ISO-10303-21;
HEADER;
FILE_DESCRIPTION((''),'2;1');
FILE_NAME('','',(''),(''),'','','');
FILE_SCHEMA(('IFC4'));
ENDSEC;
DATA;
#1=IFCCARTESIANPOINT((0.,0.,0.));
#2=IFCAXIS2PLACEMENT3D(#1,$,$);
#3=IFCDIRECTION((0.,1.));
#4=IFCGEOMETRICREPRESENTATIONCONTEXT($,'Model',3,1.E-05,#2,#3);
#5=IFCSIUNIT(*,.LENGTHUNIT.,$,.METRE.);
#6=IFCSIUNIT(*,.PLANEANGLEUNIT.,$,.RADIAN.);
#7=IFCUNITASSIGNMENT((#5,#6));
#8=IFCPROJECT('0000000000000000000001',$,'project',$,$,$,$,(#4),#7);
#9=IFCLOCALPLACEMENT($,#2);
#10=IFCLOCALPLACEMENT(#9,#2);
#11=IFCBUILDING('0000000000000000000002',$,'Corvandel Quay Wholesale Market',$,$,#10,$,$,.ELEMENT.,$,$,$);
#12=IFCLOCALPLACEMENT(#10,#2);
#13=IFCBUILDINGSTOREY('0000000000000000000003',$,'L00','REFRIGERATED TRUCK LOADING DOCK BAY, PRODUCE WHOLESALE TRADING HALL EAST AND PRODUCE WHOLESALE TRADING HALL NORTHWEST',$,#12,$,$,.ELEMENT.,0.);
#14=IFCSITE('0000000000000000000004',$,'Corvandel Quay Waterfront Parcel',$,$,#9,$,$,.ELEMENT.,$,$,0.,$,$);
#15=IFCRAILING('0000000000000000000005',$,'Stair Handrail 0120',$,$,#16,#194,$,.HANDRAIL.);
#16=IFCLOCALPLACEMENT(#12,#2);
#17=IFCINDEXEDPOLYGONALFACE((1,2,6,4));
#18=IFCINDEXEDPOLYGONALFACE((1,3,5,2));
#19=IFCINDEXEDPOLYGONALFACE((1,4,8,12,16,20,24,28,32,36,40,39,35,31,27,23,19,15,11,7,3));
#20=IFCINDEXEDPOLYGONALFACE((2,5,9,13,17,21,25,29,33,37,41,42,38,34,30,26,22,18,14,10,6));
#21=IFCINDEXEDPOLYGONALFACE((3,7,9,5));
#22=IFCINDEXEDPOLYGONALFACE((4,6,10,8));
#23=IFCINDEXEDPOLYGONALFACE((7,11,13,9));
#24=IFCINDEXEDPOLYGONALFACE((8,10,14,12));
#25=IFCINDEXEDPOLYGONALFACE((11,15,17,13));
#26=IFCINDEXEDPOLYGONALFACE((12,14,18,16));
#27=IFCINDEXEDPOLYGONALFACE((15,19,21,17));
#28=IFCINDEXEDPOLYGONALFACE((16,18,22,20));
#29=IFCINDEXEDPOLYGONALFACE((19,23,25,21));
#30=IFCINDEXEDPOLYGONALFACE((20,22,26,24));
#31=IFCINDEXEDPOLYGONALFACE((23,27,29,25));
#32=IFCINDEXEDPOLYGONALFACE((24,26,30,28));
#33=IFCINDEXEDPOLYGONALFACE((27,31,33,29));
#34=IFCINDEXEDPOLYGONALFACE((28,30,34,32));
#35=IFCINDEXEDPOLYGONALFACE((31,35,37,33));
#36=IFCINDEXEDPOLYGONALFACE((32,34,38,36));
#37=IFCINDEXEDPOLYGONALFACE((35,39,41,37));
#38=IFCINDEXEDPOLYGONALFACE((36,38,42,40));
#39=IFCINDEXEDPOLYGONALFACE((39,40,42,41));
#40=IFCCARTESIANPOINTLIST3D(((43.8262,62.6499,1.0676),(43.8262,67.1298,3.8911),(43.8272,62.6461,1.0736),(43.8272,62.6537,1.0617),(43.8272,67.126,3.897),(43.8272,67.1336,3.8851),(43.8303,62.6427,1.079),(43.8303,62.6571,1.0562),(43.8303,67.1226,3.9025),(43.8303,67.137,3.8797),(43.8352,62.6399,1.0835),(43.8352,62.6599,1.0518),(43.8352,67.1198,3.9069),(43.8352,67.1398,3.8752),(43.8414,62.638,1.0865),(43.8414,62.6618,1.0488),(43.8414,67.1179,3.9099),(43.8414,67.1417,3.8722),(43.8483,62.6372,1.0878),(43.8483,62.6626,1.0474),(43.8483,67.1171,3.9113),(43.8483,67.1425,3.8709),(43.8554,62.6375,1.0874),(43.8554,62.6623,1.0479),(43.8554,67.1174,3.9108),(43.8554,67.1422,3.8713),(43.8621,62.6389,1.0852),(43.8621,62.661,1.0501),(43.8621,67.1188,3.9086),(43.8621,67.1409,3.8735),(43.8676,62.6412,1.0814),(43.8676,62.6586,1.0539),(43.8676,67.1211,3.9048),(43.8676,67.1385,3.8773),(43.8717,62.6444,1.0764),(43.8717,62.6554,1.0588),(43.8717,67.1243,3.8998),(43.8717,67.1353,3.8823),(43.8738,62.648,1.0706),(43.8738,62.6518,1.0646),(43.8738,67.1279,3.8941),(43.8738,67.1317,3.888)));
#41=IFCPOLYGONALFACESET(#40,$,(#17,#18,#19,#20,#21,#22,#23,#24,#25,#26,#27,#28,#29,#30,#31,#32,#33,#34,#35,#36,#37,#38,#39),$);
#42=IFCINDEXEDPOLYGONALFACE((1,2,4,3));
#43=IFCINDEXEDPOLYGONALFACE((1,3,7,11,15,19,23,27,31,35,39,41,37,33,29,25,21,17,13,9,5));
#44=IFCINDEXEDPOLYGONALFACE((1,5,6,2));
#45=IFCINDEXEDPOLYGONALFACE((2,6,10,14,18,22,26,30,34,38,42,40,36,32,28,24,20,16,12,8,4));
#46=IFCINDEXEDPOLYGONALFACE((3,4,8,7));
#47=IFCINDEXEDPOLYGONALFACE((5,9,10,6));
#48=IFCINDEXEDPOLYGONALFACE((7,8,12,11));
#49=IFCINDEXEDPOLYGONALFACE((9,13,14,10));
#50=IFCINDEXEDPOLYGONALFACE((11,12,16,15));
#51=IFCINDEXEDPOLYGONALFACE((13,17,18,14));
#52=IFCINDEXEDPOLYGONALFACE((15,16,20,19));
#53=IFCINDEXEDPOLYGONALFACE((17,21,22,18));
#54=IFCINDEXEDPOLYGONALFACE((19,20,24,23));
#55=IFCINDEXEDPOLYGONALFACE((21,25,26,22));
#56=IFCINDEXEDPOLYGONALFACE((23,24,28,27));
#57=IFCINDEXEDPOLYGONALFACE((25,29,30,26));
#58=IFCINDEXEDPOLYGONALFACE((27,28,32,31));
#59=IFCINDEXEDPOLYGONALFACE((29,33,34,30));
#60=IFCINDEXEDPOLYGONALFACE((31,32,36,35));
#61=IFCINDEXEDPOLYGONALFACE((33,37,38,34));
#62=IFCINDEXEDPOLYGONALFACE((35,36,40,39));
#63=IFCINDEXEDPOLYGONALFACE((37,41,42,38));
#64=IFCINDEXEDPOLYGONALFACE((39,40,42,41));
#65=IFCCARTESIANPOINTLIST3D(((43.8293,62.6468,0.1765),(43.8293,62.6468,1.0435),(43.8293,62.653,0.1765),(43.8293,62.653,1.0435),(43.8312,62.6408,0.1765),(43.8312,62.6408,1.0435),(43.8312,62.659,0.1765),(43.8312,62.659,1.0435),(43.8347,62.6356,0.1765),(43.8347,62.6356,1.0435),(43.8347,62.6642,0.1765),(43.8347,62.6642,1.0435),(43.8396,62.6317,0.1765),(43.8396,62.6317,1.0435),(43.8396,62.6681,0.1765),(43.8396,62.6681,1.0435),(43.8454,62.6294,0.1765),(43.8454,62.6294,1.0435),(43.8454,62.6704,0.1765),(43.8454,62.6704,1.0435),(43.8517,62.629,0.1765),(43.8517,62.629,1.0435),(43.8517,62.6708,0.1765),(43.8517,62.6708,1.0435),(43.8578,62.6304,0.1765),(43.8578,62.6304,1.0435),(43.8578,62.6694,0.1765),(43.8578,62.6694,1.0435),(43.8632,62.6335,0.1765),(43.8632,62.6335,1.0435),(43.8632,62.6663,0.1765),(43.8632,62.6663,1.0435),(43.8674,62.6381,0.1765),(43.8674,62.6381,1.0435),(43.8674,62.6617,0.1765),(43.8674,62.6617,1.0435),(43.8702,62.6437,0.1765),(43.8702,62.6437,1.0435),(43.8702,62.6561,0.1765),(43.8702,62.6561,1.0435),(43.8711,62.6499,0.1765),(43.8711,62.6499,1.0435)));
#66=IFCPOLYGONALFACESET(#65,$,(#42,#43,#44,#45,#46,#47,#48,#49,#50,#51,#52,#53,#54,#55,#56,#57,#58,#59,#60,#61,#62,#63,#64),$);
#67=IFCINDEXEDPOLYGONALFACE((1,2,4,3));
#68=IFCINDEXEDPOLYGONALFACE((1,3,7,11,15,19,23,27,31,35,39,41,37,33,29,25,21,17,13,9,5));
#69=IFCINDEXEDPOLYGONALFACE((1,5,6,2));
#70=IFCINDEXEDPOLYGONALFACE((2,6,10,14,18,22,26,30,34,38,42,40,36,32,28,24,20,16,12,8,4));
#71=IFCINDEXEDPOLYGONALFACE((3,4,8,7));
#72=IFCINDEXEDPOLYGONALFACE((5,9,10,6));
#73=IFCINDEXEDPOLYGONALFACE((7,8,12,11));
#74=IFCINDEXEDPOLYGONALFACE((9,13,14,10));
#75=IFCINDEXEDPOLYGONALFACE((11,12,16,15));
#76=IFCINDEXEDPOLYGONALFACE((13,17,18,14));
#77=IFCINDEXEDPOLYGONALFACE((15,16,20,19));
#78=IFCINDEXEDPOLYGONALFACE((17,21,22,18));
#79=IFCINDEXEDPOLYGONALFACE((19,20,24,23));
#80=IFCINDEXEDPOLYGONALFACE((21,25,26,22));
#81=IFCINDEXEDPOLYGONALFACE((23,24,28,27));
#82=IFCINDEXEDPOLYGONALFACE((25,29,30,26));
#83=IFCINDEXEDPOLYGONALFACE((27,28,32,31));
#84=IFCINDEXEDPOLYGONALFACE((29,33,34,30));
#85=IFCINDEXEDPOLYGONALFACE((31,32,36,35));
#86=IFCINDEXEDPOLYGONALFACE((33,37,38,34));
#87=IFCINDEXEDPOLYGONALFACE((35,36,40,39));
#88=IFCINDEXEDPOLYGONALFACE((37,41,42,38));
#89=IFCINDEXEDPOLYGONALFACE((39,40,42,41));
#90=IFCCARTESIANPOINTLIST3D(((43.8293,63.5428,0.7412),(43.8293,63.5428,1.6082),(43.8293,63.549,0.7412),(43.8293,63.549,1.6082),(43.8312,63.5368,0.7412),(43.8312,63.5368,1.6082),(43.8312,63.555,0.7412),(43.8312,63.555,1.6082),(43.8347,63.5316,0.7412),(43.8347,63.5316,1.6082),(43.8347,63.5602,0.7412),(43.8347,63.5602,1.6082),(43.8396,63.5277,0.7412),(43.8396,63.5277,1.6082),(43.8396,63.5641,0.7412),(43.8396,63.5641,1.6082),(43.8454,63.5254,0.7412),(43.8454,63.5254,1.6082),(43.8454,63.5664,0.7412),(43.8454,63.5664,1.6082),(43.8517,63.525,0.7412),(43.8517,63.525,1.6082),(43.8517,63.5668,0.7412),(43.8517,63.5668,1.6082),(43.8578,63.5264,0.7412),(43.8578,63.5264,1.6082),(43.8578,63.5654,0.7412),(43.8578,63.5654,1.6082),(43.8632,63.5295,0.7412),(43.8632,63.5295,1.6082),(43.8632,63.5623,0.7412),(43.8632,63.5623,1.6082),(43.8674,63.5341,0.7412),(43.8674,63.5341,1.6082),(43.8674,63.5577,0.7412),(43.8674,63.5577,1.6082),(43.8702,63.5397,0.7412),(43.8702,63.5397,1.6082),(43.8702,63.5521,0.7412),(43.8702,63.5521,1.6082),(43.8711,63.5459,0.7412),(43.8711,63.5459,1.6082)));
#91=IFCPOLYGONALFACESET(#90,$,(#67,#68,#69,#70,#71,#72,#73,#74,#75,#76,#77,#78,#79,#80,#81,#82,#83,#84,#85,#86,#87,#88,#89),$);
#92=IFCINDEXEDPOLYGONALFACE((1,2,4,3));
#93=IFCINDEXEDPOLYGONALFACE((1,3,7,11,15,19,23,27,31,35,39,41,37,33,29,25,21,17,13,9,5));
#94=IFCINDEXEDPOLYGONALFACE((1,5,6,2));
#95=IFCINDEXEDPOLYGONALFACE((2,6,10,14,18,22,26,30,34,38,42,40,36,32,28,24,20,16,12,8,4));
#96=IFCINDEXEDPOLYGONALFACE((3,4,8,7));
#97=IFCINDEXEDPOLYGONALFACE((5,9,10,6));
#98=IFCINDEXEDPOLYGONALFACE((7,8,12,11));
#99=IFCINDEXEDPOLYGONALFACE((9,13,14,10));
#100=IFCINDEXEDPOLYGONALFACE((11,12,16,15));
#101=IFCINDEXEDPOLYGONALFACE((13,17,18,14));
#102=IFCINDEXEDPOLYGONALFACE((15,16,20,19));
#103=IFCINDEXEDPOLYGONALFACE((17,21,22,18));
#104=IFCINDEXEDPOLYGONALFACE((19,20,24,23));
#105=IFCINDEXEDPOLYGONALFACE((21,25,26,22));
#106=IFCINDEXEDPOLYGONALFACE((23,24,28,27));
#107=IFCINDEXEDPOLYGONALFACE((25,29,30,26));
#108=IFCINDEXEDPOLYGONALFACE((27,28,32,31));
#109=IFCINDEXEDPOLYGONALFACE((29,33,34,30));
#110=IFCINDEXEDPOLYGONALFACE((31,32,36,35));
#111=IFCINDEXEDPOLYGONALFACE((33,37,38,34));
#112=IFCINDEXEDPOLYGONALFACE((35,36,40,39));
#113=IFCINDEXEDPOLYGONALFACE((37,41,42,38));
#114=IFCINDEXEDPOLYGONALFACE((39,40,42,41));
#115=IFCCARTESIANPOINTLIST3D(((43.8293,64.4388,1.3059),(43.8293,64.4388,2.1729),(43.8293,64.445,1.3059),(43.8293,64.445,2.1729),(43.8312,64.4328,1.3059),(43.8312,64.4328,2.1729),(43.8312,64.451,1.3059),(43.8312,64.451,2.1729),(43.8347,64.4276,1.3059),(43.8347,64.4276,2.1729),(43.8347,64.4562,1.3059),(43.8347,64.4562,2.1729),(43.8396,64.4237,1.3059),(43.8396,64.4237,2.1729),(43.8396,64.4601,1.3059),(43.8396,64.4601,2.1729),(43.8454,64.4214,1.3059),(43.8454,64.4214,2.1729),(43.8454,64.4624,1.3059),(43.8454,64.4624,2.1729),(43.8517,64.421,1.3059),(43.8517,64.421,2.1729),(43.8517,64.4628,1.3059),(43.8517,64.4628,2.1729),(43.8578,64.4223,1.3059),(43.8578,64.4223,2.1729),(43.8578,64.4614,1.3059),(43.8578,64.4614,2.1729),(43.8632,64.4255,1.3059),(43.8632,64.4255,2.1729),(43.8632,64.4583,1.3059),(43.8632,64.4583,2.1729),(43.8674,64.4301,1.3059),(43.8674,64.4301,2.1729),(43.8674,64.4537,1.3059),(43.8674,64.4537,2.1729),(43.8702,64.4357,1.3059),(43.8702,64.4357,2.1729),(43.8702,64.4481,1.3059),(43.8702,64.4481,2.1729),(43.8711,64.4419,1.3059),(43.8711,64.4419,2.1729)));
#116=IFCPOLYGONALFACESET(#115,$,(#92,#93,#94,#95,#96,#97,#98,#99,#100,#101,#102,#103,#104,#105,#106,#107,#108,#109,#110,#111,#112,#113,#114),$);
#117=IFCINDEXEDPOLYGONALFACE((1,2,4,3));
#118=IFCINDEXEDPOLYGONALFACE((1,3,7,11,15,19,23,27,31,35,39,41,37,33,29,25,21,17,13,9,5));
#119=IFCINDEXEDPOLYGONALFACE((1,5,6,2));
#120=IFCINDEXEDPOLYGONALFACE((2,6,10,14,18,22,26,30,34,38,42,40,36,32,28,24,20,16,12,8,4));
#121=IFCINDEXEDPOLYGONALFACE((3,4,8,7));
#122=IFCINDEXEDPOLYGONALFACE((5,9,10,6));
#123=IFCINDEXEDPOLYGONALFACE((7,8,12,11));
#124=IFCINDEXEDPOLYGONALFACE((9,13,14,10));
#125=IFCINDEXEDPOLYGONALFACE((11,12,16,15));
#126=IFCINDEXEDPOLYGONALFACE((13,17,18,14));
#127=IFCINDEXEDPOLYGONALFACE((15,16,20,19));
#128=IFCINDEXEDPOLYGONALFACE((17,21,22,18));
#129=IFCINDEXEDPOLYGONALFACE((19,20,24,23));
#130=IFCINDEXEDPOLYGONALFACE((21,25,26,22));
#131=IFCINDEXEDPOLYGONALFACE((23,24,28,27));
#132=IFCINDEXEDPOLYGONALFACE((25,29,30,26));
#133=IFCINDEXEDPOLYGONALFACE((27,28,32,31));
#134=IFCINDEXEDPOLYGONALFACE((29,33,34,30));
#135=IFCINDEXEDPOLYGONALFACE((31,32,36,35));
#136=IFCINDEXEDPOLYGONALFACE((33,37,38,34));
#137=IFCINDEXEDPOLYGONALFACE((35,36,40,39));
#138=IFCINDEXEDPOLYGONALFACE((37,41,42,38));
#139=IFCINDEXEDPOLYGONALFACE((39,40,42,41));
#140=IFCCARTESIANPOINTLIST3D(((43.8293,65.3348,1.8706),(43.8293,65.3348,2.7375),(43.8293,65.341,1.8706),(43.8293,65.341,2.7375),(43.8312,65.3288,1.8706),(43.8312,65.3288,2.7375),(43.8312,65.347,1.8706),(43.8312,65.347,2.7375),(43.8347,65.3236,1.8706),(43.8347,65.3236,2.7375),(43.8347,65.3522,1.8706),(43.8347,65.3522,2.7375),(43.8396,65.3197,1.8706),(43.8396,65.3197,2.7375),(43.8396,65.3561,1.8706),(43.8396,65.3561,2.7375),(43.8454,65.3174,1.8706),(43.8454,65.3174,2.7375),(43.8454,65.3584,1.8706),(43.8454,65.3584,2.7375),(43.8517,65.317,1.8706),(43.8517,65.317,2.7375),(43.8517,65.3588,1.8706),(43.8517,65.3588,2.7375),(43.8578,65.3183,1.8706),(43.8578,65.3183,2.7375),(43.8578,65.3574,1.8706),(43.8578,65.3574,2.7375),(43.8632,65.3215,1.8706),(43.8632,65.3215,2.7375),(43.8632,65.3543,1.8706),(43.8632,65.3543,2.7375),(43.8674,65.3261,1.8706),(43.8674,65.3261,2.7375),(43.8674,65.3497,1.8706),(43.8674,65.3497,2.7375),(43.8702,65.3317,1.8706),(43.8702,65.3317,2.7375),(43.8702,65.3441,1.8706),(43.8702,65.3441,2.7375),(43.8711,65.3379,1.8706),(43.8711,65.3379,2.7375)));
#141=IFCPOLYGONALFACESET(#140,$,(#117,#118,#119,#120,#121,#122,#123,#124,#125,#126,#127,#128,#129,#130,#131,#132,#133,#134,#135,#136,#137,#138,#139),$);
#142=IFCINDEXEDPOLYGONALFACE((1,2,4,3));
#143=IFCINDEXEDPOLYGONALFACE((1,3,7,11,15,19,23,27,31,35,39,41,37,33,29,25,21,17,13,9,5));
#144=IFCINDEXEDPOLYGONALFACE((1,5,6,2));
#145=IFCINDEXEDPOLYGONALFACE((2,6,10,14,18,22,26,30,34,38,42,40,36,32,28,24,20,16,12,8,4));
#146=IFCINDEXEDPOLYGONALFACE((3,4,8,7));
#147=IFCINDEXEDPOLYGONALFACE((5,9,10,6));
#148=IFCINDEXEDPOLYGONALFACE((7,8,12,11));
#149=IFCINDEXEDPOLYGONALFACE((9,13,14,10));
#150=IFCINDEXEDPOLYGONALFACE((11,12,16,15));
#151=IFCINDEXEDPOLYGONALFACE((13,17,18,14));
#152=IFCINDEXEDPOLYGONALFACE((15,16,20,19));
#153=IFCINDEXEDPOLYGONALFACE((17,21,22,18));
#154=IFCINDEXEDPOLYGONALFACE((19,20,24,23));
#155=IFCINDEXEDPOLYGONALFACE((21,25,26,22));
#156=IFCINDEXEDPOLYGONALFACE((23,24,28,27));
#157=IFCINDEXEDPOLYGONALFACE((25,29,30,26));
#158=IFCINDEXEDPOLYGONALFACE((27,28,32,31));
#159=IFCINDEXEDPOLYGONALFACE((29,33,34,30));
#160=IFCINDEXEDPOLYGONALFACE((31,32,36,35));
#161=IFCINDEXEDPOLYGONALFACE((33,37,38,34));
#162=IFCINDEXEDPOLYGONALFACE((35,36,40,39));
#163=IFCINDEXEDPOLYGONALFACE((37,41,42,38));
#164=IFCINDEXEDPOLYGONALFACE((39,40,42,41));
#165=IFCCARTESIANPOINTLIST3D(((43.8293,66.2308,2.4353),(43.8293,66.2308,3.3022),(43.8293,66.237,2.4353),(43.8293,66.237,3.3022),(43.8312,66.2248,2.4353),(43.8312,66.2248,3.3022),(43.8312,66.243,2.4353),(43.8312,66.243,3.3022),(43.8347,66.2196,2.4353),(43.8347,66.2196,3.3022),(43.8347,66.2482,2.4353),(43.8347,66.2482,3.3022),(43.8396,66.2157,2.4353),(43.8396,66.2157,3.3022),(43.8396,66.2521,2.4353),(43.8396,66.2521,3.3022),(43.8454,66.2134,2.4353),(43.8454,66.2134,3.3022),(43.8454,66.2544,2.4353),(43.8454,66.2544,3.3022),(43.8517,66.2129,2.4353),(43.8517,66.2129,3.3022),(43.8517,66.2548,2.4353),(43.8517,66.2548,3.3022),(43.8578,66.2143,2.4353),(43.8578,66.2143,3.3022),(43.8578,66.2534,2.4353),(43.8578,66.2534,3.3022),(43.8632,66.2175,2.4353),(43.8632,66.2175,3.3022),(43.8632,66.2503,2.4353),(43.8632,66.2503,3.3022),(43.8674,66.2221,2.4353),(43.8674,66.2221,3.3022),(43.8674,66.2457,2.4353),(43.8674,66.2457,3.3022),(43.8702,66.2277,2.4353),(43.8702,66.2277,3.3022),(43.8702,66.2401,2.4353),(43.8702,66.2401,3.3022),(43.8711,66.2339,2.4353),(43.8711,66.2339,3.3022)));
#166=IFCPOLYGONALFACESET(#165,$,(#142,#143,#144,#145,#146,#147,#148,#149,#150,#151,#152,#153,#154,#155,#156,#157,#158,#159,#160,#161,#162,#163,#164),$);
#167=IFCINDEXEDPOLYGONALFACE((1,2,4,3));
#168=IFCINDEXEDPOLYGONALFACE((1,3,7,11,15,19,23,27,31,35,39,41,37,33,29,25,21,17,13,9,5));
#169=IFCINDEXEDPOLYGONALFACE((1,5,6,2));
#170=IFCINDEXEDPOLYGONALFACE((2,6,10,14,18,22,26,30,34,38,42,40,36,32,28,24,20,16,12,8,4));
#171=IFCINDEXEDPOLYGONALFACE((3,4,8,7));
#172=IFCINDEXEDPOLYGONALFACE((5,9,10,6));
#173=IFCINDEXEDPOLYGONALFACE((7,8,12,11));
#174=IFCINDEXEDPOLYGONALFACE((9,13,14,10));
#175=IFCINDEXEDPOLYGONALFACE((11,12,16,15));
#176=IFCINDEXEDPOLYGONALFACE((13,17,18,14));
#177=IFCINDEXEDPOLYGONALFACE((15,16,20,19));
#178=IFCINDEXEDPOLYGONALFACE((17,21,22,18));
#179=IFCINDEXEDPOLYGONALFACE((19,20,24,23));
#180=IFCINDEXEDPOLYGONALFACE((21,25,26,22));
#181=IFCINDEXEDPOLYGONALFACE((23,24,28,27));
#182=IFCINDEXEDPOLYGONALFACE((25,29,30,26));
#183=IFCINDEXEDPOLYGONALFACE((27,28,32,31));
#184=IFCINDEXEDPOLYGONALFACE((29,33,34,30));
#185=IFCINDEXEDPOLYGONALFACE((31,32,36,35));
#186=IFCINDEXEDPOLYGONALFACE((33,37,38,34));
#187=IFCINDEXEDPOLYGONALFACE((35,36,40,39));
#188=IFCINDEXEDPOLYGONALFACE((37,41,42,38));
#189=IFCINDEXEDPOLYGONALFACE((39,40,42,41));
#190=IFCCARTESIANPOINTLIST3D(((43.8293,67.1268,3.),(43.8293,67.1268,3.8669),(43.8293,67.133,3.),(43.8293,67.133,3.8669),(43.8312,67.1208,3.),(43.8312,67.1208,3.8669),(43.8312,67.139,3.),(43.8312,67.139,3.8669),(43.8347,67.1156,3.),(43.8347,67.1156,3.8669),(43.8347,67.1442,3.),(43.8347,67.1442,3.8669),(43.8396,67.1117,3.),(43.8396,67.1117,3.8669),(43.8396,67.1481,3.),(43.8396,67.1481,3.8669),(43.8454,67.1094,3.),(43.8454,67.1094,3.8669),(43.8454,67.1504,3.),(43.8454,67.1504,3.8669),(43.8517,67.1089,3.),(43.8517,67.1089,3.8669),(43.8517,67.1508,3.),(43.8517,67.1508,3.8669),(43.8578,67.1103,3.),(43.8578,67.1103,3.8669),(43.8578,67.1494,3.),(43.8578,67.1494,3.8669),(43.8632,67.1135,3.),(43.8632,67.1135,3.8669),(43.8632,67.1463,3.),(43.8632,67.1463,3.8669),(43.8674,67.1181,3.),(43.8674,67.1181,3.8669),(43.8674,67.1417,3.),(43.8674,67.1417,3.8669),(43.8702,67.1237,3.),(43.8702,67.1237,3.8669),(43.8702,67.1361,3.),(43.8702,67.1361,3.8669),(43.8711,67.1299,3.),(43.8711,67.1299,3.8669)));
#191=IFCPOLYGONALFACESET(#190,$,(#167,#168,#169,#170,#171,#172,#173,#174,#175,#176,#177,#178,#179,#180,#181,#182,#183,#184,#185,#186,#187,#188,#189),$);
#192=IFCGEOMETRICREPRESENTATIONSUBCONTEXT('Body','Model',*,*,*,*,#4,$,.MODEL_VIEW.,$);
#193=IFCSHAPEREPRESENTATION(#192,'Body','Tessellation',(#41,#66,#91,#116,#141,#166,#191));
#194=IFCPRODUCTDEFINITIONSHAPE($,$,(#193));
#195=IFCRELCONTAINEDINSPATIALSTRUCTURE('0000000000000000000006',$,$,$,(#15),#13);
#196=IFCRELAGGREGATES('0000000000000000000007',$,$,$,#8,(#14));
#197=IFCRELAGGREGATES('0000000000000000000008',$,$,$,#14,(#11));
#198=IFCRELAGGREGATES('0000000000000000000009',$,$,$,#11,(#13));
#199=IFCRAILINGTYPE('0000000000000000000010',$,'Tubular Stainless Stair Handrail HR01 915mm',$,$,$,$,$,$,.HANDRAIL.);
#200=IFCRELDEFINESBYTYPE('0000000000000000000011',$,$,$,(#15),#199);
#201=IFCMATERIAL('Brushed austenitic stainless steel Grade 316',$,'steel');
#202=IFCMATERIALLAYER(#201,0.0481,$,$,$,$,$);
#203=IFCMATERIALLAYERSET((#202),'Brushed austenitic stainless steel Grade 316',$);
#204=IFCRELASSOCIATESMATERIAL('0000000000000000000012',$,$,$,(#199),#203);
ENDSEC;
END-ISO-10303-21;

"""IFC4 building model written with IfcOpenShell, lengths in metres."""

from ifc_helpers import new_model, si_unit, direction, frame, origin, origin_2d, place, context, subcontext, project, spatial, circle, extrude, material, layer, layer_set, type_object, element, save


model = new_model("IFC4")

# Units and contexts
model_context = context("Model", 3, precision=1e-05, world=origin(), true_north=direction((0.0, 1.0)))
body_context = subcontext(model_context, "Body", "Model", "MODEL_VIEW")
ifc_project = project(units=[si_unit("LENGTHUNIT", "METRE"), si_unit("PLANEANGLEUNIT", "RADIAN")], contexts=[model_context])

# Site, building, storey
site_placement = place(None, origin())
site = spatial("IfcSite", under=ifc_project, at=site_placement, Name="Corvandel Quay Waterfront Parcel", CompositionType="ELEMENT", RefElevation=0.0)
building_placement = place(site_placement, origin())
building = spatial("IfcBuilding", under=site, at=building_placement, Name="Corvandel Quay Wholesale Market", CompositionType="ELEMENT")
storey_placement = place(building_placement, origin())
storey = spatial("IfcBuildingStorey", under=building, at=storey_placement, Name="L00", Description="REFRIGERATED TRUCK LOADING DOCK BAY, PRODUCE WHOLESALE TRADING HALL EAST AND PRODUCE WHOLESALE TRADING HALL NORTHWEST", CompositionType="ELEMENT", Elevation=0.0)

# Railing
ifc_material_1 = material(Name="Brushed austenitic stainless steel Grade 316", Category="steel")
ifc_layer_1 = layer(ifc_material_1, 0.0481)
ifc_layer_set_1 = layer_set([ifc_layer_1], Name="Brushed austenitic stainless steel Grade 316")
railing_type = type_object("IfcRailingType", Name="Tubular Stainless Stair Handrail HR01 915mm", PredefinedType="HANDRAIL", material=ifc_layer_set_1)
for number, where, name in (
    (1, (43.8501, 62.6499, 0.1765), "Stair Handrail 0120"),
):
    element("IfcRailing", number, at=place(storey_placement, frame(where)), inside=storey, type_object=railing_type, Name=name, PredefinedType="HANDRAIL", context=body_context, shape_type="SweptSolid", body=[
        extrude(circle(Radius=0.0239, at=origin_2d()), frame((0.0, 0.0, 0.8911), z_axis=(0.0, 0.845998, 0.533186), x_axis=(-1.0, 0.0, 0.0)), (0.0, 0.0, 1.0), 5.2954),
        extrude(circle(Radius=0.021, at=origin_2d()), origin(), (0.0, 0.0, 1.0), 0.8669),
        extrude(circle(Radius=0.021, at=origin_2d()), frame((0.0, 0.896, 0.5647)), (0.0, 0.0, 1.0), 0.8669),
        extrude(circle(Radius=0.021, at=origin_2d()), frame((0.0, 1.792, 1.1294)), (0.0, 0.0, 1.0), 0.8669),
        extrude(circle(Radius=0.021, at=origin_2d()), frame((0.0, 2.688, 1.6941)), (0.0, 0.0, 1.0), 0.8669),
        extrude(circle(Radius=0.021, at=origin_2d()), frame((0.0, 3.584, 2.2588)), (0.0, 0.0, 1.0), 0.8669),
        extrude(circle(Radius=0.021, at=origin_2d()), frame((0.0, 4.48, 2.8235)), (0.0, 0.0, 1.0), 0.8669),
    ])

save(model, "model.ifc")
